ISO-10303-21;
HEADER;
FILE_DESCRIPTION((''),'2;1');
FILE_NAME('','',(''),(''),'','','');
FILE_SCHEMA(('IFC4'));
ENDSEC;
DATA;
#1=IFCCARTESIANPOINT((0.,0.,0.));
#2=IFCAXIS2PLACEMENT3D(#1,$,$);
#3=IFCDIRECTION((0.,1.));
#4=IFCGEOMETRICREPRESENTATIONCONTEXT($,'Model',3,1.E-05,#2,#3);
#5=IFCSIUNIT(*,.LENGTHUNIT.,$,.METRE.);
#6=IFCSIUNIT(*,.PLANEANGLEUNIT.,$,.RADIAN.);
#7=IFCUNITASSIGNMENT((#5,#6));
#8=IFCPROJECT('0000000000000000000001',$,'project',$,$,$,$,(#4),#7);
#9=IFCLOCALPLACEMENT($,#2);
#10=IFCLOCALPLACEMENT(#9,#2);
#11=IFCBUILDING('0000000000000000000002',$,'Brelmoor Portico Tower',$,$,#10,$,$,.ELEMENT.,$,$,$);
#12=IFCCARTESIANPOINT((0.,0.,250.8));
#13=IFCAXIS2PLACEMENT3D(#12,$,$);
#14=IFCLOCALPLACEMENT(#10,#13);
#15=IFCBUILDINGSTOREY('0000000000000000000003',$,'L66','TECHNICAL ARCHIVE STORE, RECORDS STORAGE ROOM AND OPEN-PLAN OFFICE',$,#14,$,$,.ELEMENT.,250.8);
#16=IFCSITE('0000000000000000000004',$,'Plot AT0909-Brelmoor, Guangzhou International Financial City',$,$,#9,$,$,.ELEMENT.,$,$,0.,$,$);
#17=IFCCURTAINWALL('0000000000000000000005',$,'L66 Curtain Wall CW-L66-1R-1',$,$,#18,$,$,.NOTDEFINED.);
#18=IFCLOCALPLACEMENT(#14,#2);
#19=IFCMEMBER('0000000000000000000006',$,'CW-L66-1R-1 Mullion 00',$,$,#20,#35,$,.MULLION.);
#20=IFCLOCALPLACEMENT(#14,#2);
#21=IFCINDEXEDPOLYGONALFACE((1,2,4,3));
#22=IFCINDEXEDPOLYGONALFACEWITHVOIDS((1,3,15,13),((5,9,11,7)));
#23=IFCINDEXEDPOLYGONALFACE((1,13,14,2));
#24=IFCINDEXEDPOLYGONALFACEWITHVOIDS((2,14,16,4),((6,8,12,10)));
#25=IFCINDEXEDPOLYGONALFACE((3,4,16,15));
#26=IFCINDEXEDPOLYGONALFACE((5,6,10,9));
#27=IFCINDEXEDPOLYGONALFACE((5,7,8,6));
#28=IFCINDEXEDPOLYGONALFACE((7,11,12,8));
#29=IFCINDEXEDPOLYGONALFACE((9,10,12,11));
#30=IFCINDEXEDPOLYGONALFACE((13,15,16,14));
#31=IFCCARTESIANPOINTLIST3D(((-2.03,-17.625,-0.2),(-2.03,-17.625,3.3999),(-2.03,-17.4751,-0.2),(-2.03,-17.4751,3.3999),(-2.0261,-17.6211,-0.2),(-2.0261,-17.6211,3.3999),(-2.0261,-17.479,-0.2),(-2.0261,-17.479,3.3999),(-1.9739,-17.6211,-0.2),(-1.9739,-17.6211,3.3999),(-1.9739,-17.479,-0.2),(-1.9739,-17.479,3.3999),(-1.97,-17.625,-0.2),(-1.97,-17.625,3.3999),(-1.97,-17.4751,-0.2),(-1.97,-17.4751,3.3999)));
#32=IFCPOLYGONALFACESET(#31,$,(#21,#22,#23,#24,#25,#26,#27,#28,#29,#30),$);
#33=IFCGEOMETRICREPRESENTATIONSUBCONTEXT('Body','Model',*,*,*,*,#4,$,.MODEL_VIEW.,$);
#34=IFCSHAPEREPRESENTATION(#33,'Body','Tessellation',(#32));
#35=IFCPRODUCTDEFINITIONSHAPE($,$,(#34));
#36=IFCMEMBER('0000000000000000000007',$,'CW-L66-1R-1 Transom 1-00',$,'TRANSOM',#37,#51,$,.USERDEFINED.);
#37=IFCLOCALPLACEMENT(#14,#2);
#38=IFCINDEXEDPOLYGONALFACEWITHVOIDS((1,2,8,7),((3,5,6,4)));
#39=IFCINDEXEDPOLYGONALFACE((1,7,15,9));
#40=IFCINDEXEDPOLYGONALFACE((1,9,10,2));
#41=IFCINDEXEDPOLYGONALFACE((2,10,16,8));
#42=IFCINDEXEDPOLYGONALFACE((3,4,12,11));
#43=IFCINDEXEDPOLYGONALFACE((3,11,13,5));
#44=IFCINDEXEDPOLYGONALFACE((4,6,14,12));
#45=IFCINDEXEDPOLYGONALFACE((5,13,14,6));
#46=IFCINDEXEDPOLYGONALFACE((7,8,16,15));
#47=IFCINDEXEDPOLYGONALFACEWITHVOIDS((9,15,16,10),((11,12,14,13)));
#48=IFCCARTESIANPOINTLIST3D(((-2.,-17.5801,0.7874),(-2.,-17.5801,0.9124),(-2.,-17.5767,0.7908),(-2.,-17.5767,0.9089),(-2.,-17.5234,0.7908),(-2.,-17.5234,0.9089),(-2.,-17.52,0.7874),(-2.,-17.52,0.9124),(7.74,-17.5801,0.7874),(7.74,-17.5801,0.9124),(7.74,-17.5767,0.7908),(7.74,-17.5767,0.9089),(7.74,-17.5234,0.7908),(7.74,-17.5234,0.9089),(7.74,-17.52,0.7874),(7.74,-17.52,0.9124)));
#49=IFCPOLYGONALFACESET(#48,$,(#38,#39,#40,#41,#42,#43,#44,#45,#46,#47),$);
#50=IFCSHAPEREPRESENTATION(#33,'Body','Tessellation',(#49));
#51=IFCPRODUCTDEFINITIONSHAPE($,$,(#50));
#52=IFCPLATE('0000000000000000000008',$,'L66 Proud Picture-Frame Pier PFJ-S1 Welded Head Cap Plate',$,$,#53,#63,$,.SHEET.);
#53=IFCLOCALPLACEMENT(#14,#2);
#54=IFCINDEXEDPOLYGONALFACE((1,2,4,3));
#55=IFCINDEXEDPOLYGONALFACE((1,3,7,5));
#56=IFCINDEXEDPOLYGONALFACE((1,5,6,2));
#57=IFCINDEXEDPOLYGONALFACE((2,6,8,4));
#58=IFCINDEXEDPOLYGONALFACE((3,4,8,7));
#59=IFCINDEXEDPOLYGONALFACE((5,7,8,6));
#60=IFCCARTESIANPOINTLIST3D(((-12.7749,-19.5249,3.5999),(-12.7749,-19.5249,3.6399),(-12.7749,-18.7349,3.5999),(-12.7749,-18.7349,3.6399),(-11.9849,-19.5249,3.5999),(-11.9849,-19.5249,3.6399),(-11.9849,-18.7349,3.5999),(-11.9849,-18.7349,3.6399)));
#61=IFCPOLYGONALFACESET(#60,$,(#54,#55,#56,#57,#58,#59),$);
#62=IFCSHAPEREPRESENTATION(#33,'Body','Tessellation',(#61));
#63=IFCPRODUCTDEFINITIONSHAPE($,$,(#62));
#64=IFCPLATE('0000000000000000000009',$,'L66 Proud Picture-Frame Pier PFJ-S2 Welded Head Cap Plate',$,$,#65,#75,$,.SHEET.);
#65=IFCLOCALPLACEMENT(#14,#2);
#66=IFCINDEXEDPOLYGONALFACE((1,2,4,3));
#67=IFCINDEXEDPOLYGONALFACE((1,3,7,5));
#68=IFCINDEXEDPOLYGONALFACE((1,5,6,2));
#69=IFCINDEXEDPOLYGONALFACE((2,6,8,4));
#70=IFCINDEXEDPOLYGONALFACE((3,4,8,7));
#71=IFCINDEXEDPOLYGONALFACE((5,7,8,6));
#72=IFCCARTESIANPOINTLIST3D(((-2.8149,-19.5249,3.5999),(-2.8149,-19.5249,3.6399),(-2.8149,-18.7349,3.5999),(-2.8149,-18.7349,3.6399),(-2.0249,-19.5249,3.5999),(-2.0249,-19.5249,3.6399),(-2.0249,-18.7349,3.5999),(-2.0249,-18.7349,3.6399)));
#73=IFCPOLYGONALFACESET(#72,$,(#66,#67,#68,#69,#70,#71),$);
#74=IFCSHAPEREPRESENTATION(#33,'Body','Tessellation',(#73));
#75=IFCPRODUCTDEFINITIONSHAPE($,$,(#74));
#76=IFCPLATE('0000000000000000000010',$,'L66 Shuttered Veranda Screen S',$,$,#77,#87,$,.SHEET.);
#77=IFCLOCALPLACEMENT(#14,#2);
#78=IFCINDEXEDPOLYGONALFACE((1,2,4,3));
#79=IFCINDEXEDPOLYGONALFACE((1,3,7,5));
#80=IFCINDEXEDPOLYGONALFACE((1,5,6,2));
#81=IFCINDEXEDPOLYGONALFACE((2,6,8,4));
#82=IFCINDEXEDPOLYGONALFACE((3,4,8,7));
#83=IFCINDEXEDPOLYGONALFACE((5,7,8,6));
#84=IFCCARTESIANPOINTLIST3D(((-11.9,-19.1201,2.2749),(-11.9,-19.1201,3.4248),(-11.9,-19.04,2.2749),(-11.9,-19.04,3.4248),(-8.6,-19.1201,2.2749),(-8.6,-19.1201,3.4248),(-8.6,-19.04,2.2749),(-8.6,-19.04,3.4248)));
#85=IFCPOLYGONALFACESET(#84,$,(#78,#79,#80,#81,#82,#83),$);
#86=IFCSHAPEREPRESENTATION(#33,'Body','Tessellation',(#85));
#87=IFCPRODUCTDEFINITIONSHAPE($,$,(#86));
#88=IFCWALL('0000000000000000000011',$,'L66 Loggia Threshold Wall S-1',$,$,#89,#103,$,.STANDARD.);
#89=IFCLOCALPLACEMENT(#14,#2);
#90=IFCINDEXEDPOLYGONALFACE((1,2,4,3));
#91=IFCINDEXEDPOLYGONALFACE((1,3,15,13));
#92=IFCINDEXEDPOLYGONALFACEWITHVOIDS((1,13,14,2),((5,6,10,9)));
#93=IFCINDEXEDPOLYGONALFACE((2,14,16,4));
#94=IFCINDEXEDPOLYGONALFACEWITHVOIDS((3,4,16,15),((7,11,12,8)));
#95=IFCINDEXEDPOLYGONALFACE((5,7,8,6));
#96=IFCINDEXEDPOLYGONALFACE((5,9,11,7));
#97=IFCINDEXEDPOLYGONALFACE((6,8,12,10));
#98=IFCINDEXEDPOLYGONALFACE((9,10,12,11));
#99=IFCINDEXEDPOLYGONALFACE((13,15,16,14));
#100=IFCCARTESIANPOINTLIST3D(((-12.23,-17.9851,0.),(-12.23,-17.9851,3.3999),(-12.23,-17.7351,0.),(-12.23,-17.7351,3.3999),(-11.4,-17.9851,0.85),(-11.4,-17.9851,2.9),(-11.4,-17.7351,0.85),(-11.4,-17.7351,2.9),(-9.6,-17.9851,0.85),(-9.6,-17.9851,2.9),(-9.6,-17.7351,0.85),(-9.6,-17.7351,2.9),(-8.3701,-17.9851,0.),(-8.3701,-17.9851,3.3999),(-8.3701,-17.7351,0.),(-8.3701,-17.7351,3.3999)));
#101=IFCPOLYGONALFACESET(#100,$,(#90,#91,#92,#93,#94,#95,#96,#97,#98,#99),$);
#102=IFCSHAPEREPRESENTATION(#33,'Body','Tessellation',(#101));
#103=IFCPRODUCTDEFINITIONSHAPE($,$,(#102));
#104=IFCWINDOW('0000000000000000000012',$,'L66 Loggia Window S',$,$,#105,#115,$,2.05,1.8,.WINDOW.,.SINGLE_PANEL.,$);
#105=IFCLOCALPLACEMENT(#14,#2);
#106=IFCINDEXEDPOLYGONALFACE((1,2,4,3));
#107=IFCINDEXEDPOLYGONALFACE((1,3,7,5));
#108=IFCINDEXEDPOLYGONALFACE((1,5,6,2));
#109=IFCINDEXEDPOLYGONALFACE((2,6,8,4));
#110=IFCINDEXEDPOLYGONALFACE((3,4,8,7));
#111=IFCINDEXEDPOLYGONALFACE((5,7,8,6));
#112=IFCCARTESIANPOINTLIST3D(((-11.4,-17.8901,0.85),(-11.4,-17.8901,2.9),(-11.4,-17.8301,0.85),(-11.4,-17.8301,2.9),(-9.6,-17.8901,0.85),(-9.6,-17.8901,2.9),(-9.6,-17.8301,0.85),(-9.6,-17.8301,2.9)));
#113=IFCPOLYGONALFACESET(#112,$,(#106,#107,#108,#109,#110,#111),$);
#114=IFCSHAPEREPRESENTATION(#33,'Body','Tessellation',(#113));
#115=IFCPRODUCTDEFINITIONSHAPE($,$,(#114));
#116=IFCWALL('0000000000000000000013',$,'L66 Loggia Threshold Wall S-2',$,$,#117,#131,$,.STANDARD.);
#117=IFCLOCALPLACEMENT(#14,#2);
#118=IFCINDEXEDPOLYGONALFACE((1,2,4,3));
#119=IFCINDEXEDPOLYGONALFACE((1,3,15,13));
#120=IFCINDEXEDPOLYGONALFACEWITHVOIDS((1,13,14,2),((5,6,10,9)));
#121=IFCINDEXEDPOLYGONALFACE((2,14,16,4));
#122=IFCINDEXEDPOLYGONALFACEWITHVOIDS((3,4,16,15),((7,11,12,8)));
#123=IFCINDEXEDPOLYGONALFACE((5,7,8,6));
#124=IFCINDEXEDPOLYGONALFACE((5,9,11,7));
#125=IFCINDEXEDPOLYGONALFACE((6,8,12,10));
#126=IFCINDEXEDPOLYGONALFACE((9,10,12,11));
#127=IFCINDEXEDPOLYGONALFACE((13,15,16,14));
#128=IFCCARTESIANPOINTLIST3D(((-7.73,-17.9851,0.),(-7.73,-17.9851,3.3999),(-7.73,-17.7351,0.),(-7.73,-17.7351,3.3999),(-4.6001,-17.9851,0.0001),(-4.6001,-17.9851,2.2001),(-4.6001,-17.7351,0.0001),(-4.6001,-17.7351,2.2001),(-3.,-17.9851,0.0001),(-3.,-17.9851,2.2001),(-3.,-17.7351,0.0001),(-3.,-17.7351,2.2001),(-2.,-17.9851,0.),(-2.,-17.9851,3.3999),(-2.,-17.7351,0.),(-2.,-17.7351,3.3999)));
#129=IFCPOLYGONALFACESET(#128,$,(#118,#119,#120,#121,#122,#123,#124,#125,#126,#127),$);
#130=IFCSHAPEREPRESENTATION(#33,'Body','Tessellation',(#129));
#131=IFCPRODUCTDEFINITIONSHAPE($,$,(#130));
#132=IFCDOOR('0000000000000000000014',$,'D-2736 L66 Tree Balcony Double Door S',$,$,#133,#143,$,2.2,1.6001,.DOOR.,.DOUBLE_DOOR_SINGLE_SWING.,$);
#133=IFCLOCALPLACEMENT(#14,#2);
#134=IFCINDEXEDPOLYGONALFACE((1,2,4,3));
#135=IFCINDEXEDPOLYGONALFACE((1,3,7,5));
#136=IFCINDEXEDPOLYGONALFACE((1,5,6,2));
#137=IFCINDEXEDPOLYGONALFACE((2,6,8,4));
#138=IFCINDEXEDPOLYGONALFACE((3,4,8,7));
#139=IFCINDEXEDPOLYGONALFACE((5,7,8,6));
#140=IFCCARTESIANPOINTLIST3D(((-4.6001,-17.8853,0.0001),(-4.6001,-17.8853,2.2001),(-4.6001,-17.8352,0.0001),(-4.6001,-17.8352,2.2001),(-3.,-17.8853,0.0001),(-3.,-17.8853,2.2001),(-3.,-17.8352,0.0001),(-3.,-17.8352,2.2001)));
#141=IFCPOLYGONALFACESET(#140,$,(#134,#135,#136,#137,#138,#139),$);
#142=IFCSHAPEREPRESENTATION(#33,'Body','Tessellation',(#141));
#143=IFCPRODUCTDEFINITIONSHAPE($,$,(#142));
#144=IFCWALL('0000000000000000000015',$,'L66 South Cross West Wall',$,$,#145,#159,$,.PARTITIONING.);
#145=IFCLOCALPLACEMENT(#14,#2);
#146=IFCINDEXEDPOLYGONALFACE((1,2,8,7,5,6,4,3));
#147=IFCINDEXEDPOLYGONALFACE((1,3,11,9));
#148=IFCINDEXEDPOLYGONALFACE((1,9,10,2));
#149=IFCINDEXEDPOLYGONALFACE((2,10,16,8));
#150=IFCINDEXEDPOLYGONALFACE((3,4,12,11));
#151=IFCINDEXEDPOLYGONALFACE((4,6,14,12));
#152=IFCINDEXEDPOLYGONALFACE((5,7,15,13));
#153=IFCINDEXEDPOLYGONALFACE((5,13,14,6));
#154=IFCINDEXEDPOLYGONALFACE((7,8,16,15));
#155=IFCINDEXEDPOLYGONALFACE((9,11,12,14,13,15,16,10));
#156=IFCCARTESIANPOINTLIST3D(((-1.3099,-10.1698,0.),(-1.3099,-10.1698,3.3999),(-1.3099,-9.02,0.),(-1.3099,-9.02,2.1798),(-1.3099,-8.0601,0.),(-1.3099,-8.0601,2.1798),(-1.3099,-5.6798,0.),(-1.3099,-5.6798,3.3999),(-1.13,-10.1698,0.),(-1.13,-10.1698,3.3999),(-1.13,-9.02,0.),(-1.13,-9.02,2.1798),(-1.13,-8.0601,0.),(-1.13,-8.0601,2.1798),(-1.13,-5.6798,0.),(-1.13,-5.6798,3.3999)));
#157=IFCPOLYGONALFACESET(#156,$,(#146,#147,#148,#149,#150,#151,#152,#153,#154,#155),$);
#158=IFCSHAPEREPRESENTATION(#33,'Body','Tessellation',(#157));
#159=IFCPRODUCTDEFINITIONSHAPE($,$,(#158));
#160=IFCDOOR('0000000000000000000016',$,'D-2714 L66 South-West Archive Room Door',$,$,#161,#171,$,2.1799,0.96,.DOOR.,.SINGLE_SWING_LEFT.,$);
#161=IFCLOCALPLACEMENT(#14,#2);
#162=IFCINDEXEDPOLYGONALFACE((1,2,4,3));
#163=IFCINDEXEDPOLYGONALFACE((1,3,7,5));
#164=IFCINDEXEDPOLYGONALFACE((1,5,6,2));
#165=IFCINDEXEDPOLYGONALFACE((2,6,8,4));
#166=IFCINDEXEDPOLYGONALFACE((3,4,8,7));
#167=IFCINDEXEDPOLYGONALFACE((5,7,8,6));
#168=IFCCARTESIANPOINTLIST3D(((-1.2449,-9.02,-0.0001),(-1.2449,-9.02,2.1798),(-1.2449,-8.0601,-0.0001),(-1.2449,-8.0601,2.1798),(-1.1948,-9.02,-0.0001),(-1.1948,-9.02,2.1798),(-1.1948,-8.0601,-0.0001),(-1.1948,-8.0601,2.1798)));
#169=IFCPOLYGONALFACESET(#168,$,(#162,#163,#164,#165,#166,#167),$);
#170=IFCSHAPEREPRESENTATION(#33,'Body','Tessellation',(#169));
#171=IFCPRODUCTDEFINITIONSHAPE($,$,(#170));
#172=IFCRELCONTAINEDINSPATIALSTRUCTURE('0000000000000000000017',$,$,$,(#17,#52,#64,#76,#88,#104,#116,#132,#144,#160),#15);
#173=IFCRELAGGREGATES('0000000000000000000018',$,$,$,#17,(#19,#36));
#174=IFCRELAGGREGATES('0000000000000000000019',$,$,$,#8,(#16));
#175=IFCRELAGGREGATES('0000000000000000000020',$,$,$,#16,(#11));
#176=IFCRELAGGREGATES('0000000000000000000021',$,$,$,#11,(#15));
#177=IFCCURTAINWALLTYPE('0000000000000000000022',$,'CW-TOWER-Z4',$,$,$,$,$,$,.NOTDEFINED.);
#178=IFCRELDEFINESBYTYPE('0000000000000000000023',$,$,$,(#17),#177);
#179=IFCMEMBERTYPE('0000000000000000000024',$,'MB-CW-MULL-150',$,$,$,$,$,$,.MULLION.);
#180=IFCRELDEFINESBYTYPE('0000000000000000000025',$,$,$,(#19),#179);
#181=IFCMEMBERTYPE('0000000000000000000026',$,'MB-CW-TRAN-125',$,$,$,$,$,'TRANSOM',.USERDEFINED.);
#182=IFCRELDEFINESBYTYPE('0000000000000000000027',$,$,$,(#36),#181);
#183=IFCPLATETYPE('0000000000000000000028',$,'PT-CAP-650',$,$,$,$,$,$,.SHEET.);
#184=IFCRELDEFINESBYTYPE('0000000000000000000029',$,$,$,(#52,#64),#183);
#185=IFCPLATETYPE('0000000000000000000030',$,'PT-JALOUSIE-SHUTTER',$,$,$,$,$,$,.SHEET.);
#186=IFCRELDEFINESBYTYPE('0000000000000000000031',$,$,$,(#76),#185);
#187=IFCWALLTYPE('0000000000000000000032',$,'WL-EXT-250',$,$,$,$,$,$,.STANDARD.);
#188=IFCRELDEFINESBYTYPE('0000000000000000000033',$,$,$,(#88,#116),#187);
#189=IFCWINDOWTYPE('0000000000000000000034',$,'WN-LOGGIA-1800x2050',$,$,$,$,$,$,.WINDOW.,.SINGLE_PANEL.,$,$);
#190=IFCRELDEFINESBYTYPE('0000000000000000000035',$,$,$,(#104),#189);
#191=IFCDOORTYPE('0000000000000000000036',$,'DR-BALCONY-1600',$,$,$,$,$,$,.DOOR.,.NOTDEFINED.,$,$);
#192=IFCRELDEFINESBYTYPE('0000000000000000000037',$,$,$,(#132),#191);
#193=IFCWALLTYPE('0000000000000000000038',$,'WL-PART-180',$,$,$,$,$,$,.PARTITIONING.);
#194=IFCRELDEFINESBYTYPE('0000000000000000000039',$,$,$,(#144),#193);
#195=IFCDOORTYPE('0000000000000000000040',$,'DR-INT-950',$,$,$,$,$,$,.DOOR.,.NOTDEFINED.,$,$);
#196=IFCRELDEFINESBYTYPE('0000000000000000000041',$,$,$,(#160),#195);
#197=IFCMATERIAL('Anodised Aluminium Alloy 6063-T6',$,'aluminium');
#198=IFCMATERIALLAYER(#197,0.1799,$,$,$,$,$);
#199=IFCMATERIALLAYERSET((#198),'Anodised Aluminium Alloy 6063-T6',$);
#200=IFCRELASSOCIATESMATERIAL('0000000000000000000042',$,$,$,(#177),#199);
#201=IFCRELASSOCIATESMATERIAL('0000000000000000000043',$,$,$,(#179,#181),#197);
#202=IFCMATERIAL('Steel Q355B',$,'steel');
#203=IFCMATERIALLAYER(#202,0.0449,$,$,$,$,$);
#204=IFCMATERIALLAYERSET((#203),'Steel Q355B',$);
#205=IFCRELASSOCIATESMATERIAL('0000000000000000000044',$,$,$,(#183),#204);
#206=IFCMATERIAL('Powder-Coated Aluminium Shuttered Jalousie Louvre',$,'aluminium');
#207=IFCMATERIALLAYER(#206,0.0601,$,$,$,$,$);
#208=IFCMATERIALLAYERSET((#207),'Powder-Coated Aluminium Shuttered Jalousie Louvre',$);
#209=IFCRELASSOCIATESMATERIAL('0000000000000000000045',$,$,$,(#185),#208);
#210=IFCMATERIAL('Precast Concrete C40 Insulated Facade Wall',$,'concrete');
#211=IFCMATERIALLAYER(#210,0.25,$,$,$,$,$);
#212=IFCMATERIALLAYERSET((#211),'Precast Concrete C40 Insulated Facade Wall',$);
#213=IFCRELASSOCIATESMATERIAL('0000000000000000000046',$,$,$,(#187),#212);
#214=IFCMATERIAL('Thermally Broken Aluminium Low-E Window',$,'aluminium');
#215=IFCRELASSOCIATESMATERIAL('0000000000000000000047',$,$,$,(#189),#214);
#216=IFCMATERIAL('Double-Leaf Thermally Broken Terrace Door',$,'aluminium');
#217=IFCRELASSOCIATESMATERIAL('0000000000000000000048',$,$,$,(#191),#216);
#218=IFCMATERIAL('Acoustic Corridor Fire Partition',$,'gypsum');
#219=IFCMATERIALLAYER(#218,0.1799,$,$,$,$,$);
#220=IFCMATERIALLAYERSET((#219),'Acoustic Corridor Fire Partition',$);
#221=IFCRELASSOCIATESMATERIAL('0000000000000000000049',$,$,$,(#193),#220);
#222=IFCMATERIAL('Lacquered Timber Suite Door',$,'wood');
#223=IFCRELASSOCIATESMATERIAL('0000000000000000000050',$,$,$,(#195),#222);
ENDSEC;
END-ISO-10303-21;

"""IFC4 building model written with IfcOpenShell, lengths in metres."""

from ifc_helpers import new_model, si_unit, direction, frame, frame_2d, origin, origin_2d, place, context, subcontext, project, spatial, rectangle, hollow_rectangle, extrude, material, layer, layer_set, material_profile, profile_set, type_object, element, fill, aggregate, save


model = new_model("IFC4")

# Units and contexts
model_context = context("Model", 3, precision=1e-05, world=origin(), true_north=direction((0.0, 1.0)))
body_context = subcontext(model_context, "Body", "Model", "MODEL_VIEW")
ifc_project = project(units=[si_unit("LENGTHUNIT", "METRE"), si_unit("PLANEANGLEUNIT", "RADIAN")], contexts=[model_context])

# Site, building, storey
site_placement = place(None, origin())
site = spatial("IfcSite", under=ifc_project, at=site_placement, Name="Plot AT0909-Brelmoor, Guangzhou International Financial City", CompositionType="ELEMENT", RefElevation=0.0)
building_placement = place(site_placement, origin())
building = spatial("IfcBuilding", under=site, at=building_placement, Name="Brelmoor Portico Tower", CompositionType="ELEMENT")
storey_placement = place(building_placement, frame((0.0, 0.0, 250.8)))
storey = spatial("IfcBuildingStorey", under=building, at=storey_placement, Name="L66", Description="TECHNICAL ARCHIVE STORE, RECORDS STORAGE ROOM AND OPEN-PLAN OFFICE", CompositionType="ELEMENT", Elevation=250.8)

# Shared definitions
ifc_material_1 = material(Name="Steel Q355B", Category="steel")

# Curtain wall, members
ifc_material_2 = material(Name="Anodised Aluminium Alloy 6063-T6", Category="aluminium")
ifc_layer_1 = layer(ifc_material_2, 0.1799)
ifc_layer_set_1 = layer_set([ifc_layer_1], Name="Anodised Aluminium Alloy 6063-T6")
curtain_wall_type = type_object("IfcCurtainWallType", Name="CW-TOWER-Z4", PredefinedType="NOTDEFINED", material=ifc_layer_set_1)
curtain_wall_placement = place(storey_placement, origin())
curtain_wall = element("IfcCurtainWall", 1, at=curtain_wall_placement, inside=storey, type_object=curtain_wall_type, Name="L66 Curtain Wall CW-L66-1R-1", PredefinedType="NOTDEFINED")
ifc_material_profile_1 = material_profile(ifc_material_2, hollow_rectangle(XDim=0.0601, YDim=0.1499, WallThickness=0.0039, at=origin_2d()), Name="ALU MULLION 60x150")
ifc_profile_set_1 = profile_set([ifc_material_profile_1], Name="Anodised Aluminium Alloy 6063-T6")
member_type_1 = type_object("IfcMemberType", Name="MB-CW-MULL-150", PredefinedType="MULLION", material=ifc_profile_set_1)
member_1_placement = place(storey_placement, frame((-2.0, -17.55, -0.2), z_axis=(0.0, 0.0, 1.0), x_axis=(1.0, 0.0, 0.0)))
member_1 = element("IfcMember", 2, at=member_1_placement, type_object=member_type_1, Name="CW-L66-1R-1 Mullion 00", PredefinedType="MULLION", context=body_context, shape_type="SweptSolid", body=[
    extrude(hollow_rectangle(XDim=0.0601, YDim=0.1499, WallThickness=0.0039, at=origin_2d()), origin(), (0.0, 0.0, 1.0), 3.5999),
])
ifc_material_profile_2 = material_profile(ifc_material_2, hollow_rectangle(XDim=0.0601, YDim=0.125, WallThickness=0.0034, at=origin_2d()), Name="ALU TRANSOM 60x125")
ifc_profile_set_2 = profile_set([ifc_material_profile_2], Name="Anodised Aluminium Alloy 6063-T6")
member_type_2 = type_object("IfcMemberType", Name="MB-CW-TRAN-125", ElementType="TRANSOM", PredefinedType="USERDEFINED", material=ifc_profile_set_2)
member_2_placement = place(storey_placement, frame((-2.0, -17.55, 0.8499), z_axis=(1.0, 0.0, 0.0), x_axis=(0.0, 1.0, 0.0)))
member_2 = element("IfcMember", 3, at=member_2_placement, type_object=member_type_2, Name="CW-L66-1R-1 Transom 1-00", ObjectType="TRANSOM", PredefinedType="USERDEFINED", context=body_context, shape_type="SweptSolid", body=[
    extrude(hollow_rectangle(XDim=0.0601, YDim=0.125, WallThickness=0.0034, at=origin_2d()), origin(), (0.0, 0.0, 1.0), 9.74),
])
aggregate(curtain_wall, [member_1, member_2])

# Plates
ifc_layer_2 = layer(ifc_material_1, 0.0449)
ifc_layer_set_2 = layer_set([ifc_layer_2], Name="Steel Q355B")
plate_type_1 = type_object("IfcPlateType", Name="PT-CAP-650", PredefinedType="SHEET", material=ifc_layer_set_2)
for number, where, z_axis, x_axis, name in (
    (4, (-12.3799, -19.1299, 3.5999), (0.0, 0.0, 1.0), (1.0, 0.0, 0.0), "L66 Proud Picture-Frame Pier PFJ-S1 Welded Head Cap Plate"),
    (5, (-2.4199, -19.1299, 3.5999), (0.0, 0.0, 1.0), (1.0, 0.0, 0.0), "L66 Proud Picture-Frame Pier PFJ-S2 Welded Head Cap Plate"),
):
    element("IfcPlate", number, at=place(storey_placement, frame(where, z_axis=z_axis, x_axis=x_axis)), inside=storey, type_object=plate_type_1, Name=name, PredefinedType="SHEET", context=body_context, shape_type="SweptSolid", body=[
        extrude(rectangle(XDim=0.79, YDim=0.79, at=origin_2d()), origin(), (0.0, 0.0, 1.0), 0.04),
    ])
ifc_material_3 = material(Name="Powder-Coated Aluminium Shuttered Jalousie Louvre", Category="aluminium")
ifc_layer_3 = layer(ifc_material_3, 0.0601)
ifc_layer_set_3 = layer_set([ifc_layer_3], Name="Powder-Coated Aluminium Shuttered Jalousie Louvre")
plate_type_2 = type_object("IfcPlateType", Name="PT-JALOUSIE-SHUTTER", PredefinedType="SHEET", material=ifc_layer_set_3)
plate_placement = place(storey_placement, frame((-10.25, -19.0801, 2.2749), z_axis=(0.0, 0.0, 1.0), x_axis=(1.0, 0.0, 0.0)))
element("IfcPlate", 6, at=plate_placement, inside=storey, type_object=plate_type_2, Name="L66 Shuttered Veranda Screen S", PredefinedType="SHEET", context=body_context, shape_type="SweptSolid", body=[
    extrude(rectangle(XDim=3.3, YDim=0.0801, at=origin_2d()), origin(), (0.0, 0.0, 1.0), 1.1499),
])

# Wall, opening, window
ifc_material_4 = material(Name="Precast Concrete C40 Insulated Facade Wall", Category="concrete")
ifc_layer_4 = layer(ifc_material_4, 0.25)
ifc_layer_set_4 = layer_set([ifc_layer_4], Name="Precast Concrete C40 Insulated Facade Wall")
wall_type_1 = type_object("IfcWallType", Name="WL-EXT-250", PredefinedType="STANDARD", material=ifc_layer_set_4)
wall_1_placement = place(storey_placement, frame((-12.23, -17.8601, 0.0), z_axis=(0.0, 0.0, 1.0), x_axis=(1.0, 0.0, 0.0)))
wall_1 = element("IfcWall", 7, at=wall_1_placement, inside=storey, type_object=wall_type_1, Name="L66 Loggia Threshold Wall S-1", PredefinedType="STANDARD", context=body_context, shape_type="SweptSolid", body=[
    extrude(rectangle(XDim=3.8599, YDim=0.25, at=frame_2d((1.9299, 0.0))), origin(), (0.0, 0.0, 1.0), 3.3999),
])
opening_1_placement = place(wall_1_placement, frame((0.8301, 0.0, 0.8501)))
opening_1 = element("IfcOpeningElement", 8, at=opening_1_placement, cuts=wall_1, PredefinedType="OPENING", context=body_context, shape_type="SweptSolid", body=[
    extrude(rectangle(XDim=1.8, YDim=2.05, at=frame_2d((0.8999, 1.0249))), frame((0.0, 0.135, 0.0), z_axis=(0.0, -1.0, 0.0), x_axis=(1.0, 0.0, 0.0)), (0.0, 0.0, 1.0), 0.27),
])
ifc_material_5 = material(Name="Thermally Broken Aluminium Low-E Window", Category="aluminium")
window_type = type_object("IfcWindowType", Name="WN-LOGGIA-1800x2050", PartitioningType="SINGLE_PANEL", PredefinedType="WINDOW", material=ifc_material_5)
window_placement = place(opening_1_placement, origin())
window = element("IfcWindow", 9, at=window_placement, inside=storey, type_object=window_type, Name="L66 Loggia Window S", OverallHeight=2.05, OverallWidth=1.8, PartitioningType="SINGLE_PANEL", PredefinedType="WINDOW", context=body_context, shape_type="SweptSolid", body=[
    extrude(rectangle(XDim=1.8, YDim=2.05, at=frame_2d((0.8999, 1.0249))), frame((0.0, 0.03, 0.0), z_axis=(0.0, -1.0, 0.0), x_axis=(1.0, 0.0, 0.0)), (0.0, 0.0, 1.0), 0.0601),
])
fill(opening_1, window)

# Walls, openings, doors
wall_2_placement = place(storey_placement, frame((-7.73, -17.8601, 0.0), z_axis=(0.0, 0.0, 1.0), x_axis=(1.0, 0.0, 0.0)))
wall_2 = element("IfcWall", 10, at=wall_2_placement, inside=storey, type_object=wall_type_1, Name="L66 Loggia Threshold Wall S-2", PredefinedType="STANDARD", context=body_context, shape_type="SweptSolid", body=[
    extrude(rectangle(XDim=5.73, YDim=0.25, at=frame_2d((2.865, 0.0))), origin(), (0.0, 0.0, 1.0), 3.3999),
])
opening_2_placement = place(wall_2_placement, frame((3.1299, 0.0, 0.0)))
opening_2 = element("IfcOpeningElement", 11, at=opening_2_placement, cuts=wall_2, PredefinedType="OPENING", context=body_context, shape_type="SweptSolid", body=[
    extrude(rectangle(XDim=1.6001, YDim=2.2, at=frame_2d((0.8, 1.1001))), frame((0.0, 0.135, 0.0), z_axis=(0.0, -1.0, 0.0), x_axis=(1.0, 0.0, 0.0)), (0.0, 0.0, 1.0), 0.27),
])
ifc_material_6 = material(Name="Double-Leaf Thermally Broken Terrace Door", Category="aluminium")
door_type_1 = type_object("IfcDoorType", Name="DR-BALCONY-1600", OperationType="NOTDEFINED", PredefinedType="DOOR", material=ifc_material_6)
door_1_placement = place(opening_2_placement, origin())
door_1 = element("IfcDoor", 12, at=door_1_placement, inside=storey, type_object=door_type_1, Name="D-2736 L66 Tree Balcony Double Door S", OperationType="DOUBLE_DOOR_SINGLE_SWING", OverallHeight=2.2, OverallWidth=1.6001, PredefinedType="DOOR", context=body_context, shape_type="SweptSolid", body=[
    extrude(rectangle(XDim=1.6001, YDim=2.2, at=frame_2d((0.8, 1.1001))), frame((0.0, 0.0249, 0.0), z_axis=(0.0, -1.0, 0.0), x_axis=(1.0, 0.0, 0.0)), (0.0, 0.0, 1.0), 0.05),
])
fill(opening_2, door_1)
ifc_material_7 = material(Name="Acoustic Corridor Fire Partition", Category="gypsum")
ifc_layer_5 = layer(ifc_material_7, 0.1799)
ifc_layer_set_5 = layer_set([ifc_layer_5], Name="Acoustic Corridor Fire Partition")
wall_type_2 = type_object("IfcWallType", Name="WL-PART-180", PredefinedType="PARTITIONING", material=ifc_layer_set_5)
wall_3_placement = place(storey_placement, frame((-1.22, -10.1699, 0.0), z_axis=(0.0, 0.0, 1.0), x_axis=(0.0, 1.0, 0.0)))
wall_3 = element("IfcWall", 13, at=wall_3_placement, inside=storey, type_object=wall_type_2, Name="L66 South Cross West Wall", PredefinedType="PARTITIONING", context=body_context, shape_type="SweptSolid", body=[
    extrude(rectangle(XDim=4.49, YDim=0.1799, at=frame_2d((2.2451, 0.0))), origin(), (0.0, 0.0, 1.0), 3.3999),
])
opening_3_placement = place(wall_3_placement, frame((1.1499, 0.0, 0.0)))
opening_3 = element("IfcOpeningElement", 14, at=opening_3_placement, cuts=wall_3, PredefinedType="OPENING", context=body_context, shape_type="SweptSolid", body=[
    extrude(rectangle(XDim=0.96, YDim=2.1799, at=frame_2d((0.48, 1.0898))), frame((0.0, 0.0999, 0.0), z_axis=(0.0, -1.0, 0.0), x_axis=(1.0, 0.0, 0.0)), (0.0, 0.0, 1.0), 0.2),
])
ifc_material_8 = material(Name="Lacquered Timber Suite Door", Category="wood")
door_type_2 = type_object("IfcDoorType", Name="DR-INT-950", OperationType="NOTDEFINED", PredefinedType="DOOR", material=ifc_material_8)
door_2_placement = place(opening_3_placement, origin())
door_2 = element("IfcDoor", 15, at=door_2_placement, inside=storey, type_object=door_type_2, Name="D-2714 L66 South-West Archive Room Door", OperationType="SINGLE_SWING_LEFT", OverallHeight=2.1799, OverallWidth=0.96, PredefinedType="DOOR", context=body_context, shape_type="SweptSolid", body=[
    extrude(rectangle(XDim=0.96, YDim=2.1799, at=frame_2d((0.48, 1.0898))), frame((0.0, 0.0249, 0.0), z_axis=(0.0, -1.0, 0.0), x_axis=(1.0, 0.0, 0.0)), (0.0, 0.0, 1.0), 0.05),
])
fill(opening_3, door_2)

save(model, "model.ifc")
